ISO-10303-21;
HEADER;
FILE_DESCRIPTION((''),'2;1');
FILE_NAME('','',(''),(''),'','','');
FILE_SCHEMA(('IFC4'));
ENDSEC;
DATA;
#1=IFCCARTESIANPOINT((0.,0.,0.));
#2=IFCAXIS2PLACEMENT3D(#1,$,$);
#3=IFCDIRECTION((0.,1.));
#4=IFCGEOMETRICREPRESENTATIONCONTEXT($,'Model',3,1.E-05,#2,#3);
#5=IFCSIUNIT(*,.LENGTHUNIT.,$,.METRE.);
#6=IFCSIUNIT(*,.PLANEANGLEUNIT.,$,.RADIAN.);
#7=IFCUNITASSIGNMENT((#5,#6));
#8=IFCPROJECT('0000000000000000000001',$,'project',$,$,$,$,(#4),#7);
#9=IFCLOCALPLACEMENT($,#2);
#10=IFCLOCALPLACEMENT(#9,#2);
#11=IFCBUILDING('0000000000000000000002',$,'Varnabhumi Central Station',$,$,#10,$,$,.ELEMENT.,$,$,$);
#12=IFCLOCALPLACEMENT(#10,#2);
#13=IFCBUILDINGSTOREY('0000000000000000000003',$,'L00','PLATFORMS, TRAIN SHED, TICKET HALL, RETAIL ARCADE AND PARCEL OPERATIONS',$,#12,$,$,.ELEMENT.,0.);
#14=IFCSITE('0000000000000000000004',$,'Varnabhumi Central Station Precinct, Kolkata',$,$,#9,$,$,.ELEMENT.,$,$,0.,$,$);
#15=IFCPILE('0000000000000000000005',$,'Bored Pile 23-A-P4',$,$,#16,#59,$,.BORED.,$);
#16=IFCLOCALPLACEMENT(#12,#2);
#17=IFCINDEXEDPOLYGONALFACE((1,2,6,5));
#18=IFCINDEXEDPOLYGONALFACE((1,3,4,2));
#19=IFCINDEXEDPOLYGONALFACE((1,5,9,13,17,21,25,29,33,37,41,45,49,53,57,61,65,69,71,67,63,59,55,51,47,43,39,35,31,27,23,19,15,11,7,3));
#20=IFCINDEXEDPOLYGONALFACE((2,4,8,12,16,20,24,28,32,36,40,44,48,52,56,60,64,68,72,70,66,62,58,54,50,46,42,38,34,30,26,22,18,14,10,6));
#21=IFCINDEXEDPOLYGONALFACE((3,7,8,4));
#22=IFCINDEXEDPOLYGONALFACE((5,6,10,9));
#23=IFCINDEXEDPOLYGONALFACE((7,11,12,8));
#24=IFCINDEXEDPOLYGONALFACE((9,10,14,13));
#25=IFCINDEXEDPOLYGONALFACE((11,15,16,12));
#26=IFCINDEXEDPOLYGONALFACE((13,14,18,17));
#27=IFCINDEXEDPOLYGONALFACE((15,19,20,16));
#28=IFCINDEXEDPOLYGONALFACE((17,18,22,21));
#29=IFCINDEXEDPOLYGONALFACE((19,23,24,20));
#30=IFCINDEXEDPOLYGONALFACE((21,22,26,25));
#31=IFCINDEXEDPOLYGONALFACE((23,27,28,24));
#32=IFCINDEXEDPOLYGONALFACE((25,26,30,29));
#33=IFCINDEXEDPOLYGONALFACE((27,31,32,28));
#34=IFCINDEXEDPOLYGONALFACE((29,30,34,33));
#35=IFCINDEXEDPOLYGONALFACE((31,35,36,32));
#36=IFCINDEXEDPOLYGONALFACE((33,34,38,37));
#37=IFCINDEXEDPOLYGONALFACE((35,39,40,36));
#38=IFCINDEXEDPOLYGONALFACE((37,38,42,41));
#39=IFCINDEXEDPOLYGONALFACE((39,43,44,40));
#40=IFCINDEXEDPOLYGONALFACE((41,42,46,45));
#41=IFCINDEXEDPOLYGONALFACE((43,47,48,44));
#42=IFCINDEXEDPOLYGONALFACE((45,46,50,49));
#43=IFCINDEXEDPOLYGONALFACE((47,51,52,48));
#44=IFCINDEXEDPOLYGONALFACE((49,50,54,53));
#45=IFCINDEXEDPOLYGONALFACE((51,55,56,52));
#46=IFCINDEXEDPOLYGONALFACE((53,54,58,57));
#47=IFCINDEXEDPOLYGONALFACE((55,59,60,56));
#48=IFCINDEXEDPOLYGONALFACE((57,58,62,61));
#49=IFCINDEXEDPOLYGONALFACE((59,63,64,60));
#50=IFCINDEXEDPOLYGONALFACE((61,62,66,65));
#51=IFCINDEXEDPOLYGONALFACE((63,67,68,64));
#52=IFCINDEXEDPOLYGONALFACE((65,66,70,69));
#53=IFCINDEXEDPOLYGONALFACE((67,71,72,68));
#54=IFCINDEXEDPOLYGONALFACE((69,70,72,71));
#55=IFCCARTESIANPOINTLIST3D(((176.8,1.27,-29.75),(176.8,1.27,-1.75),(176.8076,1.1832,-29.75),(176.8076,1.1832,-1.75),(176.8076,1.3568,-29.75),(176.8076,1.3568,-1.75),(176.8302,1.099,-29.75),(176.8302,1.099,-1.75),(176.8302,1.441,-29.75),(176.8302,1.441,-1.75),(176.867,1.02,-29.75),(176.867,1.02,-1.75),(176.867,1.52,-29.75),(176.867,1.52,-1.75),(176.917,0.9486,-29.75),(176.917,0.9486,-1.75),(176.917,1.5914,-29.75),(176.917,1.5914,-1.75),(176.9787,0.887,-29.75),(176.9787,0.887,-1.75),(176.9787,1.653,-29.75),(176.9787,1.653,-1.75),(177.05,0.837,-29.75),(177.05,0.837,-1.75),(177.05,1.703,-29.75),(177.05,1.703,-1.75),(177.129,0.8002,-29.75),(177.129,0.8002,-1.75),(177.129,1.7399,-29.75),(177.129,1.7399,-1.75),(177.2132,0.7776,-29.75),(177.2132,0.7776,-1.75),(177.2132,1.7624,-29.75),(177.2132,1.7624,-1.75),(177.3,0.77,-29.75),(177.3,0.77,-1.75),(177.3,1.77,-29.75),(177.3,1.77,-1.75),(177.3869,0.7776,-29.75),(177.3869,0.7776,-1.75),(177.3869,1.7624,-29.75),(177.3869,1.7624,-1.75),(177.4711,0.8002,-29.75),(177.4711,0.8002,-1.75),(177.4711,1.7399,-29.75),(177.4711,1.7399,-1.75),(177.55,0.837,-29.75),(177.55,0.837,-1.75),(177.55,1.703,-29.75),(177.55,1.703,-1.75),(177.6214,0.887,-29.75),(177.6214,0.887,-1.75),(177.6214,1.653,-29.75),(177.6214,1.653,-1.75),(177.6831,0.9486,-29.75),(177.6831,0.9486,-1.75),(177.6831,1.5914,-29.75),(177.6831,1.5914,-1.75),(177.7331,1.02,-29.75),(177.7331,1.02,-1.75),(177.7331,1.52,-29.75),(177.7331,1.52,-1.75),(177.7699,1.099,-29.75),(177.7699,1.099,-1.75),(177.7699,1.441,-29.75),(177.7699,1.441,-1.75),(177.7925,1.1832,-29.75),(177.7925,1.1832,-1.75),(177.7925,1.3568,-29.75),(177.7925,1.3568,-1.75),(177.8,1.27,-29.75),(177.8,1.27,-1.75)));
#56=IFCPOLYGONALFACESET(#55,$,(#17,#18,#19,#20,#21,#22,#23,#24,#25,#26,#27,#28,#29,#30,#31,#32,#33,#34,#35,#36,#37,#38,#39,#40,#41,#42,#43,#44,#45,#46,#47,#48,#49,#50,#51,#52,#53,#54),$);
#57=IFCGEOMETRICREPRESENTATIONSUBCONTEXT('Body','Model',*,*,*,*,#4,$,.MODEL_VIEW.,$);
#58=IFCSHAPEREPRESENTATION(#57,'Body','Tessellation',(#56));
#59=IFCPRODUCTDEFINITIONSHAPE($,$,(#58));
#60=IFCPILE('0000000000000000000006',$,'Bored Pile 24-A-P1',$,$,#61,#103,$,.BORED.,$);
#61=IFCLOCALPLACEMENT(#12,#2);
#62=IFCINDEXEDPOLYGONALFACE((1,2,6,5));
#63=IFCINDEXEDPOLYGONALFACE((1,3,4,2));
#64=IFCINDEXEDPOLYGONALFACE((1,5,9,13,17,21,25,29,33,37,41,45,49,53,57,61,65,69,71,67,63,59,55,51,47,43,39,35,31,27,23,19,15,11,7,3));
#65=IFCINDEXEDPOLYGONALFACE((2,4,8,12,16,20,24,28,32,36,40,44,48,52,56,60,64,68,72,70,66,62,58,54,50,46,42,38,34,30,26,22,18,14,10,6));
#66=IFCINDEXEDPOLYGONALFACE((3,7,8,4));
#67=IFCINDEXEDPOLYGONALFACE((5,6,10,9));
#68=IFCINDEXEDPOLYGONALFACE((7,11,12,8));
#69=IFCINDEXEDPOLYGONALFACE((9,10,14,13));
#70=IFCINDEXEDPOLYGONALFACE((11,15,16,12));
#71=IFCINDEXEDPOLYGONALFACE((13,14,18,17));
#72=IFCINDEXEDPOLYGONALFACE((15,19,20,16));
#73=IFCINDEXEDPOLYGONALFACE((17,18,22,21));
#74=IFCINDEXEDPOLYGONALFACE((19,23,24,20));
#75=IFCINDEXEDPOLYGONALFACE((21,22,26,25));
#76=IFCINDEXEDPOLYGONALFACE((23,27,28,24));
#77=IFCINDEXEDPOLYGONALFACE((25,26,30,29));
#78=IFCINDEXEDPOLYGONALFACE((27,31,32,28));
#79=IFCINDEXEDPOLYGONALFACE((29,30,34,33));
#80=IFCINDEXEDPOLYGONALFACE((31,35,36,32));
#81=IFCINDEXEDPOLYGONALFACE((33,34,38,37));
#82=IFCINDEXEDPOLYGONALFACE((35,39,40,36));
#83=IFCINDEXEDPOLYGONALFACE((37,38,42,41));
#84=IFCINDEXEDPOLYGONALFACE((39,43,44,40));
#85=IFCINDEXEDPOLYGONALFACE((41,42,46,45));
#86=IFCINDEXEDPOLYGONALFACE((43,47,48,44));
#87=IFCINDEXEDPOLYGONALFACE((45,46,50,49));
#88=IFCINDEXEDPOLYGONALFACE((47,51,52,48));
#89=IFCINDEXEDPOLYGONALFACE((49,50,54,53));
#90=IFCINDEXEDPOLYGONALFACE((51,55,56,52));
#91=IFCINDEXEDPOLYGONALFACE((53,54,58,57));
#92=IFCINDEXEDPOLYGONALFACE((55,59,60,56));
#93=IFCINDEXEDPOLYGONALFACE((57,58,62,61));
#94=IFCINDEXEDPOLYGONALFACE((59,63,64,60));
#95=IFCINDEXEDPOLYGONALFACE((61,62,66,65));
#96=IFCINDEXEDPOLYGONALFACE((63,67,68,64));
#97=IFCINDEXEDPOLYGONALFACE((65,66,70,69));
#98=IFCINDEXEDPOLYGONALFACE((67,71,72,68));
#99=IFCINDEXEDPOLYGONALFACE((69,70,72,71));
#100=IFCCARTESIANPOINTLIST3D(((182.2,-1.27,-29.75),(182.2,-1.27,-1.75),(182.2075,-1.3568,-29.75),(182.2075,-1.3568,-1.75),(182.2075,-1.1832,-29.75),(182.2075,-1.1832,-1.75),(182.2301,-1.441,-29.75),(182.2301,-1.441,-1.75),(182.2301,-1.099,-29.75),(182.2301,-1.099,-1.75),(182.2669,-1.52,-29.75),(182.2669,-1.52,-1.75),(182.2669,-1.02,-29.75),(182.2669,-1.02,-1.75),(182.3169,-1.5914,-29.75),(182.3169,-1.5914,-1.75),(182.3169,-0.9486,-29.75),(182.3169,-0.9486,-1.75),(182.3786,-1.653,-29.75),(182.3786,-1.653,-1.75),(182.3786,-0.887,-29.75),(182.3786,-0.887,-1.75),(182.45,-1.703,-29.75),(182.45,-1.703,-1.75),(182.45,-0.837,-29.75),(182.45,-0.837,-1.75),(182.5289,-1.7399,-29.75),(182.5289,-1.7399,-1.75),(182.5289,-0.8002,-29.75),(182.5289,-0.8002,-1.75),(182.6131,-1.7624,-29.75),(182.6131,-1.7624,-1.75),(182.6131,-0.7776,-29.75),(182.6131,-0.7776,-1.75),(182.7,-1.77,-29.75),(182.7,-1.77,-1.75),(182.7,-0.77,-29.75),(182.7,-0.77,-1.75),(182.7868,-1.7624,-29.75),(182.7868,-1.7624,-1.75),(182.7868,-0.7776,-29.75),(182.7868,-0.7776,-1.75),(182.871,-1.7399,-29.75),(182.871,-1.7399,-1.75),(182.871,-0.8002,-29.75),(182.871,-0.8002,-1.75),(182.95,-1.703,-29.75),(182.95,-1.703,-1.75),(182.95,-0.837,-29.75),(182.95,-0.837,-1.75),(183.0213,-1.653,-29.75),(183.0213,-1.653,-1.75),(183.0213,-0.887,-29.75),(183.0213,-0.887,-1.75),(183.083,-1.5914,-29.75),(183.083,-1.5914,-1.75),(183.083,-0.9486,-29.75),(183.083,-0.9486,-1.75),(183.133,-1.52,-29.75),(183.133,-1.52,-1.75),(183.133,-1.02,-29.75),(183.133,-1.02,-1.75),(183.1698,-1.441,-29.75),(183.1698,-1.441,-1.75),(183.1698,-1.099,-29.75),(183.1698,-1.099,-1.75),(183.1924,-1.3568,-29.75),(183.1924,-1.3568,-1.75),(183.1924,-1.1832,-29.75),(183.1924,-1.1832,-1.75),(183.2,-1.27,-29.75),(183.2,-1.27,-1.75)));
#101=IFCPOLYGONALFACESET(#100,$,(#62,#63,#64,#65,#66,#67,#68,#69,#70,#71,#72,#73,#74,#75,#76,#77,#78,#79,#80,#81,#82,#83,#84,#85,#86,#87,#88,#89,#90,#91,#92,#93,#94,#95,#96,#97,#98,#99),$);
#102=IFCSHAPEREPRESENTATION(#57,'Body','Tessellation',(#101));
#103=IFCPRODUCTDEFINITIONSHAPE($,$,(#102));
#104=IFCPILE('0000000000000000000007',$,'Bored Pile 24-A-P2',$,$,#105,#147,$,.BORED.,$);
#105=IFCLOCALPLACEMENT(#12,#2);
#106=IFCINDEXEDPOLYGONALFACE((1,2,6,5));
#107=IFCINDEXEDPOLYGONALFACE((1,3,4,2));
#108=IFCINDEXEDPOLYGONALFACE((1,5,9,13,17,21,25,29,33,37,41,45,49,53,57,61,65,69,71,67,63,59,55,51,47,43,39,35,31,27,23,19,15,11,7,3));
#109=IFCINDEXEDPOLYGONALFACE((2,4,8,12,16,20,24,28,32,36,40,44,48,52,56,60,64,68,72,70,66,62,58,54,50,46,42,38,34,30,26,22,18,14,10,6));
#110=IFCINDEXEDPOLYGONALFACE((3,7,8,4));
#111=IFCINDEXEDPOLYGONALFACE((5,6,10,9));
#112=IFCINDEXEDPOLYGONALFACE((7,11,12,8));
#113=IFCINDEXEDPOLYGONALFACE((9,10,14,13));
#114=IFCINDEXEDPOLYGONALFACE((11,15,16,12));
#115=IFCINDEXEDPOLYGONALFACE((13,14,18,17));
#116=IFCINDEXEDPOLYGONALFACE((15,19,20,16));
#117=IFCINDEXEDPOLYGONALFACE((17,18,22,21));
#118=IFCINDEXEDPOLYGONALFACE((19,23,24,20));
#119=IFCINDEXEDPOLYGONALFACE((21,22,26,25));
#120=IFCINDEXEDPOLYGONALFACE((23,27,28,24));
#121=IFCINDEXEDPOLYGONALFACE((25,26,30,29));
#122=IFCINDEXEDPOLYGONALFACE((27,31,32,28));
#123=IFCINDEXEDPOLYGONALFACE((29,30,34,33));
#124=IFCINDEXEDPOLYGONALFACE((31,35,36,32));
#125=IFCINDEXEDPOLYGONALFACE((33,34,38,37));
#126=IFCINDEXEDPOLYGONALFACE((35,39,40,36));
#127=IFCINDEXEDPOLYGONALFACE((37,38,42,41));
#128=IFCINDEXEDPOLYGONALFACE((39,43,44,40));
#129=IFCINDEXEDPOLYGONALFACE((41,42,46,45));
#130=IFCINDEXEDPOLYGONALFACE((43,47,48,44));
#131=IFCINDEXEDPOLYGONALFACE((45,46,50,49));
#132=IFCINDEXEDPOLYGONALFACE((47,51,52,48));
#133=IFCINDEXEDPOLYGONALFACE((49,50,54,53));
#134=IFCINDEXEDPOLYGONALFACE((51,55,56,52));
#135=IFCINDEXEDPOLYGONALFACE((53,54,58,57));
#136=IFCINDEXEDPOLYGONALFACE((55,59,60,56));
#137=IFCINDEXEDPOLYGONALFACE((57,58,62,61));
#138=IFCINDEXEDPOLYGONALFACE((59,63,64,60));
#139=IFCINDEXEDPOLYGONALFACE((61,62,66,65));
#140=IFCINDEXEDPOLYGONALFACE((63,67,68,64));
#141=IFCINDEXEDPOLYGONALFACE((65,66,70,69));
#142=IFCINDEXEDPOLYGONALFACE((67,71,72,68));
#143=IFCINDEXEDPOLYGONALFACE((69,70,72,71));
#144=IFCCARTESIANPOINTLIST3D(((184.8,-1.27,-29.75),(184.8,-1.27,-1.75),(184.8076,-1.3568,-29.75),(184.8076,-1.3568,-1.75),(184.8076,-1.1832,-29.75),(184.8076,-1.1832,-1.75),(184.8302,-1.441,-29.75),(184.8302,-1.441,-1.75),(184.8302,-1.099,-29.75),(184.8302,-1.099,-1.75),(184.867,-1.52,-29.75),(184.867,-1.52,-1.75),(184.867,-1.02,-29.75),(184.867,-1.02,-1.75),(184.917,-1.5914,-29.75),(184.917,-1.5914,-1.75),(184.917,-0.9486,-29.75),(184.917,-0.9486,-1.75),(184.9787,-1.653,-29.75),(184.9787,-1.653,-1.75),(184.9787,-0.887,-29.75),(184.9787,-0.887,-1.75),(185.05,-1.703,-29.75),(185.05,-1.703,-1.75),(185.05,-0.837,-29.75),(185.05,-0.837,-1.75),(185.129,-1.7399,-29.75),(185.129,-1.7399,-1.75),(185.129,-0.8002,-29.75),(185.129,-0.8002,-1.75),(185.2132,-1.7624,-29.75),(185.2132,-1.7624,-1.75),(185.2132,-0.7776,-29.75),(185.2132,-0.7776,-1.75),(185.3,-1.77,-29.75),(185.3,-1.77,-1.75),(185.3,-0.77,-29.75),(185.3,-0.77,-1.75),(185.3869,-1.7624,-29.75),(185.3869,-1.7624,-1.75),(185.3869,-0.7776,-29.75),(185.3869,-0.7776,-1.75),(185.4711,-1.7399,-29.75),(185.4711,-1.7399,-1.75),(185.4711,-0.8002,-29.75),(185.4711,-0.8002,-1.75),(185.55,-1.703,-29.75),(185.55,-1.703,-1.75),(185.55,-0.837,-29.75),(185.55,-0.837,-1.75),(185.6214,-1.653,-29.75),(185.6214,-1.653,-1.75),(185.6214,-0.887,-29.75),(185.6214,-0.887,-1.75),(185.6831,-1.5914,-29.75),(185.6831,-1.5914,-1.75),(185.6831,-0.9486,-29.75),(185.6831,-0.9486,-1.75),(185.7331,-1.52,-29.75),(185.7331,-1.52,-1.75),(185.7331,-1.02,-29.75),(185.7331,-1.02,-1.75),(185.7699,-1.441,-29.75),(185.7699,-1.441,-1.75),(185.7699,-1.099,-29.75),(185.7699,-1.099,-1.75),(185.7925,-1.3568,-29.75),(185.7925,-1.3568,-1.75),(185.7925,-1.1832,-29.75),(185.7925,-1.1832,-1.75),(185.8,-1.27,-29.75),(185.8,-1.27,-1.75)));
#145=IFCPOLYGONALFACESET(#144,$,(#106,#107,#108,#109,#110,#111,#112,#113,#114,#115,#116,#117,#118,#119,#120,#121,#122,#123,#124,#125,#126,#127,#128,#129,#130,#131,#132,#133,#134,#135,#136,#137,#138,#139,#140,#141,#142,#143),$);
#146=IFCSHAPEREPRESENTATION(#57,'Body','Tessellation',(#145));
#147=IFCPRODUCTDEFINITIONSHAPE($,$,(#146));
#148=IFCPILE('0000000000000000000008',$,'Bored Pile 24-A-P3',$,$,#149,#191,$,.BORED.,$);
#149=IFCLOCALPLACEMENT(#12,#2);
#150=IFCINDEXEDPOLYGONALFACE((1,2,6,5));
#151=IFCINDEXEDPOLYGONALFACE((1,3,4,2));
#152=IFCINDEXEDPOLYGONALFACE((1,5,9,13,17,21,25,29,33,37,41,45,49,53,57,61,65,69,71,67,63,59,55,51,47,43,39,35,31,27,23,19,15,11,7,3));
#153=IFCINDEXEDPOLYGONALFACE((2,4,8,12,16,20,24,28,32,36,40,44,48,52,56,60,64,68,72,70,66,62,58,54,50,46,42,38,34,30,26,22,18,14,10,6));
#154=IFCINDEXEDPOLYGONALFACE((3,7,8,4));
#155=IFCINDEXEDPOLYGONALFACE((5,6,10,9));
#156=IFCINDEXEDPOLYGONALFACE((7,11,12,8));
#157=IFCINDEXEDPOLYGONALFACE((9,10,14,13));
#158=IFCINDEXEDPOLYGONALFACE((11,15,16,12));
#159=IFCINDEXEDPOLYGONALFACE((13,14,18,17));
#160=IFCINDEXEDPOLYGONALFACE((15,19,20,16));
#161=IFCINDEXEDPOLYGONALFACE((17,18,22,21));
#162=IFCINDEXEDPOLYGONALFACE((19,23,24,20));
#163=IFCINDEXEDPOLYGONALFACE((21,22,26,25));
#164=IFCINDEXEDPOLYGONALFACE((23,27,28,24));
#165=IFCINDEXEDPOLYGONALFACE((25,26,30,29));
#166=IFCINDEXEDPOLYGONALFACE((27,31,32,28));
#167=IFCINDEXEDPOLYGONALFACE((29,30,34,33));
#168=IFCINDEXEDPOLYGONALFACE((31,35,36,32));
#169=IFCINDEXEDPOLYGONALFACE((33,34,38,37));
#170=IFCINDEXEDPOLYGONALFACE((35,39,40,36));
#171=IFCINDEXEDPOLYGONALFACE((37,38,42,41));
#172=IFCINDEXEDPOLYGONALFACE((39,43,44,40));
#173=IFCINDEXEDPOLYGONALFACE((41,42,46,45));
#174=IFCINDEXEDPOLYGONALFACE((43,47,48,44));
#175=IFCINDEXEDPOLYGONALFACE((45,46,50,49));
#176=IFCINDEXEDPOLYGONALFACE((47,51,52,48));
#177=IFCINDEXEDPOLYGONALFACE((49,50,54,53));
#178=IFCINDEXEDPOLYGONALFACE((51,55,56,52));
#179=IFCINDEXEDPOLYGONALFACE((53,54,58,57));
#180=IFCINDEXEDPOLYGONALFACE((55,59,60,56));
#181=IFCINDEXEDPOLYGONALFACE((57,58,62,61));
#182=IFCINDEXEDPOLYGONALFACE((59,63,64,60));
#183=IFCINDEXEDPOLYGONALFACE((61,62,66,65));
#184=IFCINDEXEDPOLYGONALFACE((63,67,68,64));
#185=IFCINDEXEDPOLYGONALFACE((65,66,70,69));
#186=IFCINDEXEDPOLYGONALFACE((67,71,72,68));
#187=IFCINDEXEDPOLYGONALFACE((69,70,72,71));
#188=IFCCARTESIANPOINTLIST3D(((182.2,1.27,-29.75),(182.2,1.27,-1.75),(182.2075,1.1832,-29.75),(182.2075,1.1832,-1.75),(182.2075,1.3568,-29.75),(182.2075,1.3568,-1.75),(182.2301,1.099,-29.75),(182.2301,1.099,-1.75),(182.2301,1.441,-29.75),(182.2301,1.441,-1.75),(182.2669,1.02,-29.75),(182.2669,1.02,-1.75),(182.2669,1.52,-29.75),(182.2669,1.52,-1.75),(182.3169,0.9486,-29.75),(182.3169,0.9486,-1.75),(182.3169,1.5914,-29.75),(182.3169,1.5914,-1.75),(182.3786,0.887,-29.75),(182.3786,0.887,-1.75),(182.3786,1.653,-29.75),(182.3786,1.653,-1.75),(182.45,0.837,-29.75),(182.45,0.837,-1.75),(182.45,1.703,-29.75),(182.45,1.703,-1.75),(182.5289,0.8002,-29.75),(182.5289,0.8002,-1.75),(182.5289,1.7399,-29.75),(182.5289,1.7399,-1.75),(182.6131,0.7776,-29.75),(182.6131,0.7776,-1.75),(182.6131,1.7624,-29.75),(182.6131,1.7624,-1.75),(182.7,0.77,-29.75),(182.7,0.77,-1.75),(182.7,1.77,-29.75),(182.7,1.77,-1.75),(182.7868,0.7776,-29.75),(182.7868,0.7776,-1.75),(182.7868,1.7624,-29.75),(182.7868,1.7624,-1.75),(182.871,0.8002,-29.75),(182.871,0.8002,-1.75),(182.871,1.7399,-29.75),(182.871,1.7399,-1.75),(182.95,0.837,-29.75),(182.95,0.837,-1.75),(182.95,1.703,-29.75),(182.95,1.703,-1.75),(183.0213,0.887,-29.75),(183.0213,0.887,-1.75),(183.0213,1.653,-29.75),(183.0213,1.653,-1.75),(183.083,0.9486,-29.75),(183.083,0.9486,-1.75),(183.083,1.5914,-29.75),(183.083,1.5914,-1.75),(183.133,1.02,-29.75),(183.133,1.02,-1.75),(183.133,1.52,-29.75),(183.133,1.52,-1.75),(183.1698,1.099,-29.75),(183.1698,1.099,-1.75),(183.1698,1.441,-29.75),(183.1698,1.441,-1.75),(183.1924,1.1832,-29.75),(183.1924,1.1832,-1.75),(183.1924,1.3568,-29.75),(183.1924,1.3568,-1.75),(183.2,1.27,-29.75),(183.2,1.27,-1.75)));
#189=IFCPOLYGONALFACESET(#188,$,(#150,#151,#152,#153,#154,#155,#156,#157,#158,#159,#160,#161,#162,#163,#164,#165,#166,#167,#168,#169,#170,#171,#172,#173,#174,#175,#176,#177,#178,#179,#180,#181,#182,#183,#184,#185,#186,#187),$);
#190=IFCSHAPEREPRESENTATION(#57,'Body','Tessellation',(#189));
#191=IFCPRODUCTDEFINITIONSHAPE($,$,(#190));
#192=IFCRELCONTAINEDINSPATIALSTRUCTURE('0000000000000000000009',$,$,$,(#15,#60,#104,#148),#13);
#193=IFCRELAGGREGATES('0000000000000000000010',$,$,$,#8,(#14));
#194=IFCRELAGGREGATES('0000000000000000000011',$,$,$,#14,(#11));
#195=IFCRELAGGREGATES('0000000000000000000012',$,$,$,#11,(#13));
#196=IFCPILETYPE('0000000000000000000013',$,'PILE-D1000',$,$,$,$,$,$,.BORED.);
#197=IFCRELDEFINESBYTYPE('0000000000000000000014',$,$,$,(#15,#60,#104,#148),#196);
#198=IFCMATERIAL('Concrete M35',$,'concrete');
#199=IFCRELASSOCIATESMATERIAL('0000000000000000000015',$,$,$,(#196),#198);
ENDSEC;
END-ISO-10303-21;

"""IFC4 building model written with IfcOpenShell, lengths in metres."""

from ifc_helpers import new_model, si_unit, direction, frame, origin, origin_2d, place, context, subcontext, project, spatial, circle, extrude, material, material_profile, profile_set, type_object, element, save


model = new_model("IFC4")

# Units and contexts
model_context = context("Model", 3, precision=1e-05, world=origin(), true_north=direction((0.0, 1.0)))
body_context = subcontext(model_context, "Body", "Model", "MODEL_VIEW")
ifc_project = project(units=[si_unit("LENGTHUNIT", "METRE"), si_unit("PLANEANGLEUNIT", "RADIAN")], contexts=[model_context])

# Site, building, storey
site_placement = place(None, origin())
site = spatial("IfcSite", under=ifc_project, at=site_placement, Name="Varnabhumi Central Station Precinct, Kolkata", CompositionType="ELEMENT", RefElevation=0.0)
building_placement = place(site_placement, origin())
building = spatial("IfcBuilding", under=site, at=building_placement, Name="Varnabhumi Central Station", CompositionType="ELEMENT")
storey_placement = place(building_placement, origin())
storey = spatial("IfcBuildingStorey", under=building, at=storey_placement, Name="L00", Description="PLATFORMS, TRAIN SHED, TICKET HALL, RETAIL ARCADE AND PARCEL OPERATIONS", CompositionType="ELEMENT", Elevation=0.0)

# Piles
ifc_material_1 = material(Name="Concrete M35", Category="concrete")
ifc_material_profile_1 = material_profile(ifc_material_1, circle(Radius=0.5, at=origin_2d()), Name="Concrete M35", Category="concrete")
ifc_profile_set_1 = profile_set([ifc_material_profile_1], Name="Concrete M35")
pile_type = type_object("IfcPileType", Name="PILE-D1000", PredefinedType="BORED", material=ifc_profile_set_1)
for number, where, z_axis, x_axis, name in (
    (1, (177.3, 1.27, -1.75), (0.0, 0.0, -1.0), (1.0, 0.0, 0.0), "Bored Pile 23-A-P4"),
    (2, (182.7, -1.27, -1.75), (0.0, 0.0, -1.0), (1.0, 0.0, 0.0), "Bored Pile 24-A-P1"),
    (3, (185.3, -1.27, -1.75), (0.0, 0.0, -1.0), (1.0, 0.0, 0.0), "Bored Pile 24-A-P2"),
    (4, (182.7, 1.27, -1.75), (0.0, 0.0, -1.0), (1.0, 0.0, 0.0), "Bored Pile 24-A-P3"),
):
    element("IfcPile", number, at=place(storey_placement, frame(where, z_axis=z_axis, x_axis=x_axis)), inside=storey, type_object=pile_type, Name=name, PredefinedType="BORED", context=body_context, shape_type="SweptSolid", body=[
        extrude(circle(Radius=0.5, at=origin_2d()), origin(), (0.0, 0.0, 1.0), 28.0),
    ])

save(model, "model.ifc")
